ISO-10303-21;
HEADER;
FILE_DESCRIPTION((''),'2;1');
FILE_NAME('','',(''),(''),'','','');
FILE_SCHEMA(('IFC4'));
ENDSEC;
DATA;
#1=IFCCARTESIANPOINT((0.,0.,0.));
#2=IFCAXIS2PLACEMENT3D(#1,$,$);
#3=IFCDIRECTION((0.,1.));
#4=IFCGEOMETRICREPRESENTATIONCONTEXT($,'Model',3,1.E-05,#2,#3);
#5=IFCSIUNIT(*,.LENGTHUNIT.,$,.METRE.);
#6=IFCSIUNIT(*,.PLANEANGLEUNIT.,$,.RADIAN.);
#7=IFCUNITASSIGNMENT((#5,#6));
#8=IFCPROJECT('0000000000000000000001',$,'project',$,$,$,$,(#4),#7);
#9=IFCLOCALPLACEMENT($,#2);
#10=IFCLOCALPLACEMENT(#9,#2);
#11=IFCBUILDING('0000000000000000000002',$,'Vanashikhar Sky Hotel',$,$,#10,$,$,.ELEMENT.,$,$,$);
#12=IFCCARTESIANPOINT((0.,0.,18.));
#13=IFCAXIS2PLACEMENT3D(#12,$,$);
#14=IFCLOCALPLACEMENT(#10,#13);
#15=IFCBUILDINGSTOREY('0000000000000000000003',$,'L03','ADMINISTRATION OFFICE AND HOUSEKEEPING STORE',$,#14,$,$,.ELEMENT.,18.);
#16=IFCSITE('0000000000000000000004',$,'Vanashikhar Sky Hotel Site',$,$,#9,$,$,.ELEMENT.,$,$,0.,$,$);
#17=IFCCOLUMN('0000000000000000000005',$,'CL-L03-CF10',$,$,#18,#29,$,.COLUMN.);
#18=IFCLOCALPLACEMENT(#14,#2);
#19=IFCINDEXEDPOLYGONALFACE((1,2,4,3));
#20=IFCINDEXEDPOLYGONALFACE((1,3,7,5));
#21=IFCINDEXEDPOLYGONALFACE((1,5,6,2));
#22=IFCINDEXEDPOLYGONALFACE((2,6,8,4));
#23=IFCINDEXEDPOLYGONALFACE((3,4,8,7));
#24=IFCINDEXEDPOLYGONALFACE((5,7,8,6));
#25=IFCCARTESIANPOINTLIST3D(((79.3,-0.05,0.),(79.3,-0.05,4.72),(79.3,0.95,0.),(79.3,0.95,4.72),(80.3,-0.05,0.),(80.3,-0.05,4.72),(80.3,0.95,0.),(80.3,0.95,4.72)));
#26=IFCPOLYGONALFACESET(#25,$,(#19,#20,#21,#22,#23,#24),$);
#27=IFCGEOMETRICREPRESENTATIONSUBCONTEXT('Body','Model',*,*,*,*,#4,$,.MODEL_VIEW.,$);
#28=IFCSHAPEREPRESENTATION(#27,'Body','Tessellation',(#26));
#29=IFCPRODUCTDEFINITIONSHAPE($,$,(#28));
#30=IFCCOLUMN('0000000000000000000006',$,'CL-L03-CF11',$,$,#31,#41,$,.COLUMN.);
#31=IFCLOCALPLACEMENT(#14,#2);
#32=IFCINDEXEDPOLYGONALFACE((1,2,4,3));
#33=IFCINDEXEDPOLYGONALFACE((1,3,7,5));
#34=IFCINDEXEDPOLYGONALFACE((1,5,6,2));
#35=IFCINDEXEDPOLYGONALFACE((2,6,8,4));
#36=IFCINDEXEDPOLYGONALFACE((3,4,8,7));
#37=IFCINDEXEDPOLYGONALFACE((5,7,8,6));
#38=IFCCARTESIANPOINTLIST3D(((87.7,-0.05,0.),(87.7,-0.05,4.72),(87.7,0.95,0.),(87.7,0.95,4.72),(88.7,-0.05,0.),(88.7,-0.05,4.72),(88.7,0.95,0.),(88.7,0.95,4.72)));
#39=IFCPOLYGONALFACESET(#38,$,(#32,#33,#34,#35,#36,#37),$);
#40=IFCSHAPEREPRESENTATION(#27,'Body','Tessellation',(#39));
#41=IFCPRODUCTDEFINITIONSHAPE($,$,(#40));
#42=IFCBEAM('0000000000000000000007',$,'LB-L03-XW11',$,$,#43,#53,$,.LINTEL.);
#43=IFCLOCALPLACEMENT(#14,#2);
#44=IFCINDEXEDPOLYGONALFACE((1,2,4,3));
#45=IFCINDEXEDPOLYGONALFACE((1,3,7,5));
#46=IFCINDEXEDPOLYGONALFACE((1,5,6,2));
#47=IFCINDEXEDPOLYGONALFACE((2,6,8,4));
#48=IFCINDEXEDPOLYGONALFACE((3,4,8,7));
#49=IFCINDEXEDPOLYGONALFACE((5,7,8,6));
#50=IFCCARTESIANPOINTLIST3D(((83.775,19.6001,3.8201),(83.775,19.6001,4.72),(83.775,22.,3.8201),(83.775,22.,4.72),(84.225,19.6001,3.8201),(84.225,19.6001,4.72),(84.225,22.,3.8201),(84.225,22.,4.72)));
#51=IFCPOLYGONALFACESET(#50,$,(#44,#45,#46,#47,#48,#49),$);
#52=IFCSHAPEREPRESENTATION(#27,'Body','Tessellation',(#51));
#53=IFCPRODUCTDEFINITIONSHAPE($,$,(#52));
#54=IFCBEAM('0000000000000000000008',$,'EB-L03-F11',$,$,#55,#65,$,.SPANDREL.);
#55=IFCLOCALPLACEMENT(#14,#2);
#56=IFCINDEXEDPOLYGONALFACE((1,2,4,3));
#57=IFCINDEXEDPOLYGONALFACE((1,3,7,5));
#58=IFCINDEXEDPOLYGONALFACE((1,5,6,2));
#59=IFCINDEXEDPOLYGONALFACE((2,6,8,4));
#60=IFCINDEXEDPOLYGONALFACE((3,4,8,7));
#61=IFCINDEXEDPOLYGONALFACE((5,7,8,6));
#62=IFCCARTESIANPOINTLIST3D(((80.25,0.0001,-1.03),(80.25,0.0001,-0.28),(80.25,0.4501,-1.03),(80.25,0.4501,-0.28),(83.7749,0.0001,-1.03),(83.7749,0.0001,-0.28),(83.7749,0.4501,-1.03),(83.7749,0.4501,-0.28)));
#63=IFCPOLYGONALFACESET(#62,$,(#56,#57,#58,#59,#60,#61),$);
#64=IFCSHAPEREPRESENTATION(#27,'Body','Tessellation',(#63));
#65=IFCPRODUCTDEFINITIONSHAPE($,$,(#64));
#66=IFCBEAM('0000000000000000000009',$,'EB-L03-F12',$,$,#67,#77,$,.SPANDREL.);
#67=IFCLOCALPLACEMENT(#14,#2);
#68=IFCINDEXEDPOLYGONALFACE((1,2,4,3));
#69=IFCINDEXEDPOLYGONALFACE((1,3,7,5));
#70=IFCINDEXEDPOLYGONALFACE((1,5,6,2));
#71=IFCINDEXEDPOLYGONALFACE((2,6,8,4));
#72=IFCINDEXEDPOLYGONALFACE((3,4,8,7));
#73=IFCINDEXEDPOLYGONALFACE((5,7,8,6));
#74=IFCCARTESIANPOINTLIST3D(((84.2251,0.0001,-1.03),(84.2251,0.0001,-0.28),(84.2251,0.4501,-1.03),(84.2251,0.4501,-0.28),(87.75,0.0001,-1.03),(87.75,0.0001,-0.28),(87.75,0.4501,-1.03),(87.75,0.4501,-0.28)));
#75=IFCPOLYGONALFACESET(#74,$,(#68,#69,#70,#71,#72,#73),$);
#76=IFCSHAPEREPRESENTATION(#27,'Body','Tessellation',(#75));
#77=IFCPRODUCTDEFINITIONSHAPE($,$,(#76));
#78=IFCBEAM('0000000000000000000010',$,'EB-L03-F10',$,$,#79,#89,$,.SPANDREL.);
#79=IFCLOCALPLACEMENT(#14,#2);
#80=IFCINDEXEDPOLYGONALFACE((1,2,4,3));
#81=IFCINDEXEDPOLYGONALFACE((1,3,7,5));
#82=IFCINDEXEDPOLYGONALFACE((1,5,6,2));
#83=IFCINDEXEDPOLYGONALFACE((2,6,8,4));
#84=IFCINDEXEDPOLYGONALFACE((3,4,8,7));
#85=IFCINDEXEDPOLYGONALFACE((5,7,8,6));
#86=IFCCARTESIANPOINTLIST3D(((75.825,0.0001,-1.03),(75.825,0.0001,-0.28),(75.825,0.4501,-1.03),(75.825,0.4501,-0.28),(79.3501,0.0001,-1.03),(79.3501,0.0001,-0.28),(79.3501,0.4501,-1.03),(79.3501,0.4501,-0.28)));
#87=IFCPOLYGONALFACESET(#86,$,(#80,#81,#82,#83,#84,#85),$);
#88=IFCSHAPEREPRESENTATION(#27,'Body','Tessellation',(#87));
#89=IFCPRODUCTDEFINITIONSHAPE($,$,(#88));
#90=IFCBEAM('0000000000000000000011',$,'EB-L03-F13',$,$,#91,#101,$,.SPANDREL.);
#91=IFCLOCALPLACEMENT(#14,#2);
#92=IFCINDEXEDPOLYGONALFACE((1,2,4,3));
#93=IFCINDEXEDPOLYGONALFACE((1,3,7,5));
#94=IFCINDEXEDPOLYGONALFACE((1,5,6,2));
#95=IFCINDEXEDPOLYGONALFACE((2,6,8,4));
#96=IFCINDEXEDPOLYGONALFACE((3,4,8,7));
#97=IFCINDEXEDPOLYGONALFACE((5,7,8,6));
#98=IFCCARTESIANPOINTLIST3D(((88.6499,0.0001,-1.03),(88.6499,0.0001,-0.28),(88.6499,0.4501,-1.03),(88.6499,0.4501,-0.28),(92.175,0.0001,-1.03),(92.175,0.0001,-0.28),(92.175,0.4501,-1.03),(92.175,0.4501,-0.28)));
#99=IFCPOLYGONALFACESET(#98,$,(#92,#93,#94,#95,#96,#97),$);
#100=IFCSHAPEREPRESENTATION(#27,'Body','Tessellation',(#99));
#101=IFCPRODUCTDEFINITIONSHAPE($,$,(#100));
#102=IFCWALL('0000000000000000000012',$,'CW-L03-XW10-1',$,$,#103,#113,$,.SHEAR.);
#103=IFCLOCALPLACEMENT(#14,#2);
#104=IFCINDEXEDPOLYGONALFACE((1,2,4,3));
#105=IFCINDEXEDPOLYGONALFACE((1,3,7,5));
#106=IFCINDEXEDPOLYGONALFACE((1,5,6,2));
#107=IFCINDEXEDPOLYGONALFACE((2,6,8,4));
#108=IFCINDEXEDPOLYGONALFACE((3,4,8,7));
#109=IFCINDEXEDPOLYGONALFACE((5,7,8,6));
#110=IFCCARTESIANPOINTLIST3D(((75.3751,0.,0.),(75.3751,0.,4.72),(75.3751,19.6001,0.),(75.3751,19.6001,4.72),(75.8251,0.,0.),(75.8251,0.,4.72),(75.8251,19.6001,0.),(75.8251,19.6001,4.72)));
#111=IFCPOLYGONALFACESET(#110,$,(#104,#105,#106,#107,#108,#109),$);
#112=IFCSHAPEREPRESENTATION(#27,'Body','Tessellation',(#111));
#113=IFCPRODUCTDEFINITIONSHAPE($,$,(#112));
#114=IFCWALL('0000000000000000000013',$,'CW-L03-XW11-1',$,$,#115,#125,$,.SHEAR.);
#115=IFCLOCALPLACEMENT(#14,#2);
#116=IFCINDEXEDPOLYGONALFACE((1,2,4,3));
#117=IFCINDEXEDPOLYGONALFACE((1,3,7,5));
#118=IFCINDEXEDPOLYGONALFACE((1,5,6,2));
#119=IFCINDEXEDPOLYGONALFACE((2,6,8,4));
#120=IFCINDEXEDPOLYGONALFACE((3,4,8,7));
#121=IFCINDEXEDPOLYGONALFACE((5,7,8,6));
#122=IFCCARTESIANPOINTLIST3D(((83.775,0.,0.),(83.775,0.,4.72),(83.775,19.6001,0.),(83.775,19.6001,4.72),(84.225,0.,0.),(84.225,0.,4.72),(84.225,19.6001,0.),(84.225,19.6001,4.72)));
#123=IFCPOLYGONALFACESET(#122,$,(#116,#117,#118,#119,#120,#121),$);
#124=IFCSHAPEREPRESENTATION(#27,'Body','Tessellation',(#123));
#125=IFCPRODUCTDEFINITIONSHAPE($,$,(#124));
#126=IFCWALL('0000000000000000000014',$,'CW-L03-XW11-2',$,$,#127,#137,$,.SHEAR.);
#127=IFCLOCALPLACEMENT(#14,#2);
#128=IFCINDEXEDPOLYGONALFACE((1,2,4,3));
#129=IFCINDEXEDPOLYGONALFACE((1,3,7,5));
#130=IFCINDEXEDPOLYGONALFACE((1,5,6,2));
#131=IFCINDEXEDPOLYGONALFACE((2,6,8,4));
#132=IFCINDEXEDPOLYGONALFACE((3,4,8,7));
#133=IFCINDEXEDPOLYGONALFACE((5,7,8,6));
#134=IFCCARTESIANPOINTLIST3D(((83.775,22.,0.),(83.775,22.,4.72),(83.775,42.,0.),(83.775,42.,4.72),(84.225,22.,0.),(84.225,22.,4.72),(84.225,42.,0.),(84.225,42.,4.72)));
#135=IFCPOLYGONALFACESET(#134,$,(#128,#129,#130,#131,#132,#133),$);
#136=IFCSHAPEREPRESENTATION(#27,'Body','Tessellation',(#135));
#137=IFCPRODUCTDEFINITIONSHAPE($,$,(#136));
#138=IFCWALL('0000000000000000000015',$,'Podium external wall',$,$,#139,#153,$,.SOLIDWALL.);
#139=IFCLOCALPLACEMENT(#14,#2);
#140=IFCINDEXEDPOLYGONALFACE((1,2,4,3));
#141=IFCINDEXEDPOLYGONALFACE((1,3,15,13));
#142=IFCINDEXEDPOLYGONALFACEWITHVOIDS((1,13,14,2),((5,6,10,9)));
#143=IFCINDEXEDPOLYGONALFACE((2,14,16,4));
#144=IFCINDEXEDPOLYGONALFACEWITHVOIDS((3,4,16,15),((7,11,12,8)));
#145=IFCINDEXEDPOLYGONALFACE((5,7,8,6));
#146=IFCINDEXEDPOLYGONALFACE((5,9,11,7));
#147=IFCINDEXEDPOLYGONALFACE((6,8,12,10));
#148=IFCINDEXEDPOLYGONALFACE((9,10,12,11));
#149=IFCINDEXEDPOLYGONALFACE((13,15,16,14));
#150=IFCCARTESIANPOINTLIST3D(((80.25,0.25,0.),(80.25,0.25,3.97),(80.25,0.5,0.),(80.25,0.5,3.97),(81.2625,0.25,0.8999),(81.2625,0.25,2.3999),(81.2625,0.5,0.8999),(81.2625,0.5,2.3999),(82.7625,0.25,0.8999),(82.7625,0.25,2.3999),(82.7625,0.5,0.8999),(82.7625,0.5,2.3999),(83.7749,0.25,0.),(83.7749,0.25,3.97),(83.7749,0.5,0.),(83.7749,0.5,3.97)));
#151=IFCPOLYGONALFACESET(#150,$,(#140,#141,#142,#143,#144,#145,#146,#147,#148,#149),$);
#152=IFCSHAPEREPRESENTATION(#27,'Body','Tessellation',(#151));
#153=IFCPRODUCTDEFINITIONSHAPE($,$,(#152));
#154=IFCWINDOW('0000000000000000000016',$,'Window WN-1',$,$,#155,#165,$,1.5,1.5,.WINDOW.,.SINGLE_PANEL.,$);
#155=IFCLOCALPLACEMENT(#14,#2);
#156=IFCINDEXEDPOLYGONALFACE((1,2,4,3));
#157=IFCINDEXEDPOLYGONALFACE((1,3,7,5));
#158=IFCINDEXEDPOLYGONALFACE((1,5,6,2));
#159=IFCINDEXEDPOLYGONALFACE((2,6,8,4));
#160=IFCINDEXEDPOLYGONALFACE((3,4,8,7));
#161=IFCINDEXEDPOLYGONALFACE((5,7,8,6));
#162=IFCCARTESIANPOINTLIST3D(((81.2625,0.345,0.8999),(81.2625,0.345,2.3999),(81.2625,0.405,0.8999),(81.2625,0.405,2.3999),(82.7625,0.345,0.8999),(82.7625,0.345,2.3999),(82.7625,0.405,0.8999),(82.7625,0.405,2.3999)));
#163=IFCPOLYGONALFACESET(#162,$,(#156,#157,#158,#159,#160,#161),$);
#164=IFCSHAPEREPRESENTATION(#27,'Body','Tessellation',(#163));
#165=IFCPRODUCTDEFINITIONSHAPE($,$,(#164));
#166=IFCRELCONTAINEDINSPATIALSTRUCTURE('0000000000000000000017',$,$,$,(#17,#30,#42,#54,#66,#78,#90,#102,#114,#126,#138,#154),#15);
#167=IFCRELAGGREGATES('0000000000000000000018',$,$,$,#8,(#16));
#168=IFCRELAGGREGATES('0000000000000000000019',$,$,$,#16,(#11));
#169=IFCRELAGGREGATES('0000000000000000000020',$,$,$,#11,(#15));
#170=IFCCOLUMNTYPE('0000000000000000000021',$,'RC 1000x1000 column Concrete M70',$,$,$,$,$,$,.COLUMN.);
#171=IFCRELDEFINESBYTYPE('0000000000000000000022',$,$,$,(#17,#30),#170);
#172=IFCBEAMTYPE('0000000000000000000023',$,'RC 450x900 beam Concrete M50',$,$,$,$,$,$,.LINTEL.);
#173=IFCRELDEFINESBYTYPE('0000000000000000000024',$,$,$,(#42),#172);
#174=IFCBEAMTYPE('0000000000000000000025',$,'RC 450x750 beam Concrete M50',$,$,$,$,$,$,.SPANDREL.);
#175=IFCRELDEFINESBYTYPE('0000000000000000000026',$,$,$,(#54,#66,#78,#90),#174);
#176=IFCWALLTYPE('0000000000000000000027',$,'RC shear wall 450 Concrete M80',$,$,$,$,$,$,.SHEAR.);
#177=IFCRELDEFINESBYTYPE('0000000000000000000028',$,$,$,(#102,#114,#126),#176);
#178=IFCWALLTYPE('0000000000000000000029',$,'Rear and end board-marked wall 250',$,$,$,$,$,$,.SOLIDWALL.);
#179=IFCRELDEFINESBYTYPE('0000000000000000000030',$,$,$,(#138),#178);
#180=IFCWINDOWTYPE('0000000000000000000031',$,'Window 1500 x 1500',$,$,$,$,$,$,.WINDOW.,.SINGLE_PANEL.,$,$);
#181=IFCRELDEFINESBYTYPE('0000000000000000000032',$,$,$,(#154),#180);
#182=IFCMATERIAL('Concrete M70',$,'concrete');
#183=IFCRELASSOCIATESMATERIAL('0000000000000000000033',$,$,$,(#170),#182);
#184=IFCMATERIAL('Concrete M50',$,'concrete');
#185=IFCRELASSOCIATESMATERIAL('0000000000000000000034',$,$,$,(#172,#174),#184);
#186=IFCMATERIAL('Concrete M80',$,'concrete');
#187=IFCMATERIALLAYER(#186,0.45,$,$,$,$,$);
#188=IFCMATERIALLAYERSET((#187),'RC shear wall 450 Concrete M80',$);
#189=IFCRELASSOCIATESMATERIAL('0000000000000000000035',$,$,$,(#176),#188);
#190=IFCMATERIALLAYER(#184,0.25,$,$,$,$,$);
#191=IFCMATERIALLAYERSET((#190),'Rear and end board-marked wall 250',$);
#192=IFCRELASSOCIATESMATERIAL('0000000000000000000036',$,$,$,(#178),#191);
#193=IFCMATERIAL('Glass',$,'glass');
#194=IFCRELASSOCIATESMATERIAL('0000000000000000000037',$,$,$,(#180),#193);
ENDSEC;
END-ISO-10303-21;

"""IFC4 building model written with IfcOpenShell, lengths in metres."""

from ifc_helpers import new_model, si_unit, direction, frame, frame_2d, origin, origin_2d, place, context, subcontext, project, spatial, rectangle, extrude, source, transform, mapped, material, layer, layer_set, material_profile, profile_set, type_object, element, fill, save


model = new_model("IFC4")

# Units and contexts
model_context = context("Model", 3, precision=1e-05, world=origin(), true_north=direction((0.0, 1.0)))
body_context = subcontext(model_context, "Body", "Model", "MODEL_VIEW")
ifc_project = project(units=[si_unit("LENGTHUNIT", "METRE"), si_unit("PLANEANGLEUNIT", "RADIAN")], contexts=[model_context])

# Site, building, storey
site_placement = place(None, origin())
site = spatial("IfcSite", under=ifc_project, at=site_placement, Name="Vanashikhar Sky Hotel Site", CompositionType="ELEMENT", RefElevation=0.0)
building_placement = place(site_placement, origin())
building = spatial("IfcBuilding", under=site, at=building_placement, Name="Vanashikhar Sky Hotel", CompositionType="ELEMENT")
storey_placement = place(building_placement, frame((0.0, 0.0, 18.0)))
storey = spatial("IfcBuildingStorey", under=building, at=storey_placement, Name="L03", Description="ADMINISTRATION OFFICE AND HOUSEKEEPING STORE", CompositionType="ELEMENT", Elevation=18.0)

# Columns
ifc_material_1 = material(Name="Concrete M70", Category="concrete")
ifc_material_profile_1 = material_profile(ifc_material_1, rectangle(XDim=1.0, YDim=1.0, at=origin_2d()))
ifc_profile_set_1 = profile_set([ifc_material_profile_1], Name="RC 1000x1000 column Concrete M70")
column_type = type_object("IfcColumnType", Name="RC 1000x1000 column Concrete M70", PredefinedType="COLUMN", material=ifc_profile_set_1)
shared_shape_1 = source(origin(), body_context, "Body", "SweptSolid", [
    extrude(rectangle(XDim=1.0, YDim=1.0, at=origin_2d()), origin(), (0.0, 0.0, 1.0), 4.72),
])
for number, where, z_axis, x_axis, name in (
    (1, (79.8, 0.45, 0.0), (0.0, 0.0, 1.0), (1.0, 0.0, 0.0), "CL-L03-CF10"),
    (2, (88.2, 0.45, 0.0), (0.0, 0.0, 1.0), (1.0, 0.0, 0.0), "CL-L03-CF11"),
):
    element("IfcColumn", number, at=place(storey_placement, frame(where, z_axis=z_axis, x_axis=x_axis)), inside=storey, type_object=column_type, Name=name, PredefinedType="COLUMN", context=body_context, shape_type="MappedRepresentation", body=[
        mapped(shared_shape_1, transform((0.0, 0.0, 0.0), scale=1.0)),
    ])

# Beams
ifc_material_2 = material(Name="Concrete M50", Category="concrete")
ifc_material_profile_2 = material_profile(ifc_material_2, rectangle(XDim=0.45, YDim=0.8999, at=origin_2d()))
ifc_profile_set_2 = profile_set([ifc_material_profile_2], Name="RC 450x900 beam Concrete M50")
beam_type_1 = type_object("IfcBeamType", Name="RC 450x900 beam Concrete M50", PredefinedType="LINTEL", material=ifc_profile_set_2)
shared_shape_2 = source(origin(), body_context, "Body", "SweptSolid", [
    extrude(rectangle(XDim=0.45, YDim=0.8999, at=origin_2d()), origin(), (0.0, 0.0, 1.0), 2.3999),
])
beam_placement = place(storey_placement, frame((84.0, 19.6001, 4.27), z_axis=(0.0, 1.0, 0.0), x_axis=(-1.0, 0.0, 0.0)))
element("IfcBeam", 3, at=beam_placement, inside=storey, type_object=beam_type_1, Name="LB-L03-XW11", PredefinedType="LINTEL", context=body_context, shape_type="MappedRepresentation", body=[
    mapped(shared_shape_2, transform((0.0, 0.0, 0.0), scale=1.0)),
])
ifc_material_profile_3 = material_profile(ifc_material_2, rectangle(XDim=0.45, YDim=0.75, at=origin_2d()))
ifc_profile_set_3 = profile_set([ifc_material_profile_3], Name="RC 450x750 beam Concrete M50")
beam_type_2 = type_object("IfcBeamType", Name="RC 450x750 beam Concrete M50", PredefinedType="SPANDREL", material=ifc_profile_set_3)
shared_shape_3 = source(origin(), body_context, "Body", "SweptSolid", [
    extrude(rectangle(XDim=0.45, YDim=0.75, at=origin_2d()), origin(), (0.0, 0.0, 1.0), 3.5249),
])
for number, where, z_axis, x_axis, name in (
    (4, (80.25, 0.2251, -0.655), (1.0, 0.0, 0.0), (0.0, 1.0, 0.0), "EB-L03-F11"),
    (5, (84.2251, 0.2251, -0.655), (1.0, 0.0, 0.0), (0.0, 1.0, 0.0), "EB-L03-F12"),
):
    element("IfcBeam", number, at=place(storey_placement, frame(where, z_axis=z_axis, x_axis=x_axis)), inside=storey, type_object=beam_type_2, Name=name, PredefinedType="SPANDREL", context=body_context, shape_type="MappedRepresentation", body=[
        mapped(shared_shape_3, transform((0.0, 0.0, 0.0), scale=1.0)),
    ])
shared_shape_4 = source(origin(), body_context, "Body", "SweptSolid", [
    extrude(rectangle(XDim=0.45, YDim=0.75, at=origin_2d()), origin(), (0.0, 0.0, 1.0), 3.5251),
])
for number, where, z_axis, x_axis, name in (
    (6, (75.825, 0.2251, -0.655), (1.0, 0.0, 0.0), (0.0, 1.0, 0.0), "EB-L03-F10"),
    (7, (88.6499, 0.2251, -0.655), (1.0, 0.0, 0.0), (0.0, 1.0, 0.0), "EB-L03-F13"),
):
    element("IfcBeam", number, at=place(storey_placement, frame(where, z_axis=z_axis, x_axis=x_axis)), inside=storey, type_object=beam_type_2, Name=name, PredefinedType="SPANDREL", context=body_context, shape_type="MappedRepresentation", body=[
        mapped(shared_shape_4, transform((0.0, 0.0, 0.0), scale=1.0)),
    ])

# Walls
ifc_material_3 = material(Name="Concrete M80", Category="concrete")
ifc_layer_1 = layer(ifc_material_3, 0.45)
ifc_layer_set_1 = layer_set([ifc_layer_1], Name="RC shear wall 450 Concrete M80")
wall_type_1 = type_object("IfcWallType", Name="RC shear wall 450 Concrete M80", PredefinedType="SHEAR", material=ifc_layer_set_1)
shared_shape_5 = source(origin(), body_context, "Body", "SweptSolid", [
    extrude(rectangle(XDim=19.6001, YDim=0.45, at=frame_2d((9.8, 0.0))), origin(), (0.0, 0.0, 1.0), 4.72),
])
for number, where, z_axis, x_axis, name in (
    (8, (75.6001, 0.0, 0.0), (0.0, 0.0, 1.0), (0.0, 1.0, 0.0), "CW-L03-XW10-1"),
    (9, (84.0, 0.0, 0.0), (0.0, 0.0, 1.0), (0.0, 1.0, 0.0), "CW-L03-XW11-1"),
):
    element("IfcWall", number, at=place(storey_placement, frame(where, z_axis=z_axis, x_axis=x_axis)), inside=storey, type_object=wall_type_1, Name=name, PredefinedType="SHEAR", context=body_context, shape_type="MappedRepresentation", body=[
        mapped(shared_shape_5, transform((0.0, 0.0, 0.0), scale=1.0)),
    ])
shared_shape_6 = source(origin(), body_context, "Body", "SweptSolid", [
    extrude(rectangle(XDim=20.0, YDim=0.45, at=frame_2d((10.0, 0.0))), origin(), (0.0, 0.0, 1.0), 4.72),
])
wall_1_placement = place(storey_placement, frame((84.0, 22.0, 0.0), z_axis=(0.0, 0.0, 1.0), x_axis=(0.0, 1.0, 0.0)))
element("IfcWall", 10, at=wall_1_placement, inside=storey, type_object=wall_type_1, Name="CW-L03-XW11-2", PredefinedType="SHEAR", context=body_context, shape_type="MappedRepresentation", body=[
    mapped(shared_shape_6, transform((0.0, 0.0, 0.0), scale=1.0)),
])

# Wall, opening, window
ifc_layer_2 = layer(ifc_material_2, 0.25)
ifc_layer_set_2 = layer_set([ifc_layer_2], Name="Rear and end board-marked wall 250")
wall_type_2 = type_object("IfcWallType", Name="Rear and end board-marked wall 250", PredefinedType="SOLIDWALL", material=ifc_layer_set_2)
shared_shape_7 = source(origin(), body_context, "Body", "SweptSolid", [
    extrude(rectangle(XDim=3.5249, YDim=0.25, at=frame_2d((1.7625, 0.0))), origin(), (0.0, 0.0, 1.0), 3.97),
])
wall_2_placement = place(storey_placement, frame((80.25, 0.375, 0.0), z_axis=(0.0, 0.0, 1.0), x_axis=(1.0, 0.0, 0.0)))
wall_2 = element("IfcWall", 11, at=wall_2_placement, inside=storey, type_object=wall_type_2, Name="Podium external wall", PredefinedType="SOLIDWALL", context=body_context, shape_type="MappedRepresentation", body=[
    mapped(shared_shape_7, transform((0.0, 0.0, 0.0), scale=1.0)),
])
shared_shape_8 = source(origin(), body_context, "Body", "SweptSolid", [
    extrude(rectangle(XDim=1.5, YDim=1.5, at=frame_2d((0.75, 0.75))), frame((0.0, 0.135, 0.0), z_axis=(0.0, -1.0, 0.0), x_axis=(1.0, 0.0, 0.0)), (0.0, 0.0, 1.0), 0.27),
])
opening_1_placement = place(wall_2_placement, frame((1.0125, 0.0, 0.8999)))
opening_1 = element("IfcOpeningElement", 12, at=opening_1_placement, cuts=wall_2, PredefinedType="OPENING", context=body_context, shape_type="MappedRepresentation", body=[
    mapped(shared_shape_8, transform((0.0, 0.0, 0.0), scale=1.0)),
])
ifc_material_4 = material(Name="Glass", Category="glass")
window_type = type_object("IfcWindowType", Name="Window 1500 x 1500", PartitioningType="SINGLE_PANEL", PredefinedType="WINDOW", material=ifc_material_4)
shared_shape_9 = source(origin(), body_context, "Body", "SweptSolid", [
    extrude(rectangle(XDim=1.5, YDim=1.5, at=frame_2d((0.75, 0.75))), frame((0.0, 0.03, 0.0), z_axis=(0.0, -1.0, 0.0), x_axis=(1.0, 0.0, 0.0)), (0.0, 0.0, 1.0), 0.0601),
])
window_1_placement = place(opening_1_placement, origin())
window_1 = element("IfcWindow", 13, at=window_1_placement, inside=storey, type_object=window_type, Name="Window WN-1", OverallHeight=1.5, OverallWidth=1.5, PartitioningType="SINGLE_PANEL", PredefinedType="WINDOW", context=body_context, shape_type="MappedRepresentation", body=[
    mapped(shared_shape_9, transform((0.0, 0.0, 0.0), scale=1.0)),
])
fill(opening_1, window_1)

save(model, "model.ifc")
